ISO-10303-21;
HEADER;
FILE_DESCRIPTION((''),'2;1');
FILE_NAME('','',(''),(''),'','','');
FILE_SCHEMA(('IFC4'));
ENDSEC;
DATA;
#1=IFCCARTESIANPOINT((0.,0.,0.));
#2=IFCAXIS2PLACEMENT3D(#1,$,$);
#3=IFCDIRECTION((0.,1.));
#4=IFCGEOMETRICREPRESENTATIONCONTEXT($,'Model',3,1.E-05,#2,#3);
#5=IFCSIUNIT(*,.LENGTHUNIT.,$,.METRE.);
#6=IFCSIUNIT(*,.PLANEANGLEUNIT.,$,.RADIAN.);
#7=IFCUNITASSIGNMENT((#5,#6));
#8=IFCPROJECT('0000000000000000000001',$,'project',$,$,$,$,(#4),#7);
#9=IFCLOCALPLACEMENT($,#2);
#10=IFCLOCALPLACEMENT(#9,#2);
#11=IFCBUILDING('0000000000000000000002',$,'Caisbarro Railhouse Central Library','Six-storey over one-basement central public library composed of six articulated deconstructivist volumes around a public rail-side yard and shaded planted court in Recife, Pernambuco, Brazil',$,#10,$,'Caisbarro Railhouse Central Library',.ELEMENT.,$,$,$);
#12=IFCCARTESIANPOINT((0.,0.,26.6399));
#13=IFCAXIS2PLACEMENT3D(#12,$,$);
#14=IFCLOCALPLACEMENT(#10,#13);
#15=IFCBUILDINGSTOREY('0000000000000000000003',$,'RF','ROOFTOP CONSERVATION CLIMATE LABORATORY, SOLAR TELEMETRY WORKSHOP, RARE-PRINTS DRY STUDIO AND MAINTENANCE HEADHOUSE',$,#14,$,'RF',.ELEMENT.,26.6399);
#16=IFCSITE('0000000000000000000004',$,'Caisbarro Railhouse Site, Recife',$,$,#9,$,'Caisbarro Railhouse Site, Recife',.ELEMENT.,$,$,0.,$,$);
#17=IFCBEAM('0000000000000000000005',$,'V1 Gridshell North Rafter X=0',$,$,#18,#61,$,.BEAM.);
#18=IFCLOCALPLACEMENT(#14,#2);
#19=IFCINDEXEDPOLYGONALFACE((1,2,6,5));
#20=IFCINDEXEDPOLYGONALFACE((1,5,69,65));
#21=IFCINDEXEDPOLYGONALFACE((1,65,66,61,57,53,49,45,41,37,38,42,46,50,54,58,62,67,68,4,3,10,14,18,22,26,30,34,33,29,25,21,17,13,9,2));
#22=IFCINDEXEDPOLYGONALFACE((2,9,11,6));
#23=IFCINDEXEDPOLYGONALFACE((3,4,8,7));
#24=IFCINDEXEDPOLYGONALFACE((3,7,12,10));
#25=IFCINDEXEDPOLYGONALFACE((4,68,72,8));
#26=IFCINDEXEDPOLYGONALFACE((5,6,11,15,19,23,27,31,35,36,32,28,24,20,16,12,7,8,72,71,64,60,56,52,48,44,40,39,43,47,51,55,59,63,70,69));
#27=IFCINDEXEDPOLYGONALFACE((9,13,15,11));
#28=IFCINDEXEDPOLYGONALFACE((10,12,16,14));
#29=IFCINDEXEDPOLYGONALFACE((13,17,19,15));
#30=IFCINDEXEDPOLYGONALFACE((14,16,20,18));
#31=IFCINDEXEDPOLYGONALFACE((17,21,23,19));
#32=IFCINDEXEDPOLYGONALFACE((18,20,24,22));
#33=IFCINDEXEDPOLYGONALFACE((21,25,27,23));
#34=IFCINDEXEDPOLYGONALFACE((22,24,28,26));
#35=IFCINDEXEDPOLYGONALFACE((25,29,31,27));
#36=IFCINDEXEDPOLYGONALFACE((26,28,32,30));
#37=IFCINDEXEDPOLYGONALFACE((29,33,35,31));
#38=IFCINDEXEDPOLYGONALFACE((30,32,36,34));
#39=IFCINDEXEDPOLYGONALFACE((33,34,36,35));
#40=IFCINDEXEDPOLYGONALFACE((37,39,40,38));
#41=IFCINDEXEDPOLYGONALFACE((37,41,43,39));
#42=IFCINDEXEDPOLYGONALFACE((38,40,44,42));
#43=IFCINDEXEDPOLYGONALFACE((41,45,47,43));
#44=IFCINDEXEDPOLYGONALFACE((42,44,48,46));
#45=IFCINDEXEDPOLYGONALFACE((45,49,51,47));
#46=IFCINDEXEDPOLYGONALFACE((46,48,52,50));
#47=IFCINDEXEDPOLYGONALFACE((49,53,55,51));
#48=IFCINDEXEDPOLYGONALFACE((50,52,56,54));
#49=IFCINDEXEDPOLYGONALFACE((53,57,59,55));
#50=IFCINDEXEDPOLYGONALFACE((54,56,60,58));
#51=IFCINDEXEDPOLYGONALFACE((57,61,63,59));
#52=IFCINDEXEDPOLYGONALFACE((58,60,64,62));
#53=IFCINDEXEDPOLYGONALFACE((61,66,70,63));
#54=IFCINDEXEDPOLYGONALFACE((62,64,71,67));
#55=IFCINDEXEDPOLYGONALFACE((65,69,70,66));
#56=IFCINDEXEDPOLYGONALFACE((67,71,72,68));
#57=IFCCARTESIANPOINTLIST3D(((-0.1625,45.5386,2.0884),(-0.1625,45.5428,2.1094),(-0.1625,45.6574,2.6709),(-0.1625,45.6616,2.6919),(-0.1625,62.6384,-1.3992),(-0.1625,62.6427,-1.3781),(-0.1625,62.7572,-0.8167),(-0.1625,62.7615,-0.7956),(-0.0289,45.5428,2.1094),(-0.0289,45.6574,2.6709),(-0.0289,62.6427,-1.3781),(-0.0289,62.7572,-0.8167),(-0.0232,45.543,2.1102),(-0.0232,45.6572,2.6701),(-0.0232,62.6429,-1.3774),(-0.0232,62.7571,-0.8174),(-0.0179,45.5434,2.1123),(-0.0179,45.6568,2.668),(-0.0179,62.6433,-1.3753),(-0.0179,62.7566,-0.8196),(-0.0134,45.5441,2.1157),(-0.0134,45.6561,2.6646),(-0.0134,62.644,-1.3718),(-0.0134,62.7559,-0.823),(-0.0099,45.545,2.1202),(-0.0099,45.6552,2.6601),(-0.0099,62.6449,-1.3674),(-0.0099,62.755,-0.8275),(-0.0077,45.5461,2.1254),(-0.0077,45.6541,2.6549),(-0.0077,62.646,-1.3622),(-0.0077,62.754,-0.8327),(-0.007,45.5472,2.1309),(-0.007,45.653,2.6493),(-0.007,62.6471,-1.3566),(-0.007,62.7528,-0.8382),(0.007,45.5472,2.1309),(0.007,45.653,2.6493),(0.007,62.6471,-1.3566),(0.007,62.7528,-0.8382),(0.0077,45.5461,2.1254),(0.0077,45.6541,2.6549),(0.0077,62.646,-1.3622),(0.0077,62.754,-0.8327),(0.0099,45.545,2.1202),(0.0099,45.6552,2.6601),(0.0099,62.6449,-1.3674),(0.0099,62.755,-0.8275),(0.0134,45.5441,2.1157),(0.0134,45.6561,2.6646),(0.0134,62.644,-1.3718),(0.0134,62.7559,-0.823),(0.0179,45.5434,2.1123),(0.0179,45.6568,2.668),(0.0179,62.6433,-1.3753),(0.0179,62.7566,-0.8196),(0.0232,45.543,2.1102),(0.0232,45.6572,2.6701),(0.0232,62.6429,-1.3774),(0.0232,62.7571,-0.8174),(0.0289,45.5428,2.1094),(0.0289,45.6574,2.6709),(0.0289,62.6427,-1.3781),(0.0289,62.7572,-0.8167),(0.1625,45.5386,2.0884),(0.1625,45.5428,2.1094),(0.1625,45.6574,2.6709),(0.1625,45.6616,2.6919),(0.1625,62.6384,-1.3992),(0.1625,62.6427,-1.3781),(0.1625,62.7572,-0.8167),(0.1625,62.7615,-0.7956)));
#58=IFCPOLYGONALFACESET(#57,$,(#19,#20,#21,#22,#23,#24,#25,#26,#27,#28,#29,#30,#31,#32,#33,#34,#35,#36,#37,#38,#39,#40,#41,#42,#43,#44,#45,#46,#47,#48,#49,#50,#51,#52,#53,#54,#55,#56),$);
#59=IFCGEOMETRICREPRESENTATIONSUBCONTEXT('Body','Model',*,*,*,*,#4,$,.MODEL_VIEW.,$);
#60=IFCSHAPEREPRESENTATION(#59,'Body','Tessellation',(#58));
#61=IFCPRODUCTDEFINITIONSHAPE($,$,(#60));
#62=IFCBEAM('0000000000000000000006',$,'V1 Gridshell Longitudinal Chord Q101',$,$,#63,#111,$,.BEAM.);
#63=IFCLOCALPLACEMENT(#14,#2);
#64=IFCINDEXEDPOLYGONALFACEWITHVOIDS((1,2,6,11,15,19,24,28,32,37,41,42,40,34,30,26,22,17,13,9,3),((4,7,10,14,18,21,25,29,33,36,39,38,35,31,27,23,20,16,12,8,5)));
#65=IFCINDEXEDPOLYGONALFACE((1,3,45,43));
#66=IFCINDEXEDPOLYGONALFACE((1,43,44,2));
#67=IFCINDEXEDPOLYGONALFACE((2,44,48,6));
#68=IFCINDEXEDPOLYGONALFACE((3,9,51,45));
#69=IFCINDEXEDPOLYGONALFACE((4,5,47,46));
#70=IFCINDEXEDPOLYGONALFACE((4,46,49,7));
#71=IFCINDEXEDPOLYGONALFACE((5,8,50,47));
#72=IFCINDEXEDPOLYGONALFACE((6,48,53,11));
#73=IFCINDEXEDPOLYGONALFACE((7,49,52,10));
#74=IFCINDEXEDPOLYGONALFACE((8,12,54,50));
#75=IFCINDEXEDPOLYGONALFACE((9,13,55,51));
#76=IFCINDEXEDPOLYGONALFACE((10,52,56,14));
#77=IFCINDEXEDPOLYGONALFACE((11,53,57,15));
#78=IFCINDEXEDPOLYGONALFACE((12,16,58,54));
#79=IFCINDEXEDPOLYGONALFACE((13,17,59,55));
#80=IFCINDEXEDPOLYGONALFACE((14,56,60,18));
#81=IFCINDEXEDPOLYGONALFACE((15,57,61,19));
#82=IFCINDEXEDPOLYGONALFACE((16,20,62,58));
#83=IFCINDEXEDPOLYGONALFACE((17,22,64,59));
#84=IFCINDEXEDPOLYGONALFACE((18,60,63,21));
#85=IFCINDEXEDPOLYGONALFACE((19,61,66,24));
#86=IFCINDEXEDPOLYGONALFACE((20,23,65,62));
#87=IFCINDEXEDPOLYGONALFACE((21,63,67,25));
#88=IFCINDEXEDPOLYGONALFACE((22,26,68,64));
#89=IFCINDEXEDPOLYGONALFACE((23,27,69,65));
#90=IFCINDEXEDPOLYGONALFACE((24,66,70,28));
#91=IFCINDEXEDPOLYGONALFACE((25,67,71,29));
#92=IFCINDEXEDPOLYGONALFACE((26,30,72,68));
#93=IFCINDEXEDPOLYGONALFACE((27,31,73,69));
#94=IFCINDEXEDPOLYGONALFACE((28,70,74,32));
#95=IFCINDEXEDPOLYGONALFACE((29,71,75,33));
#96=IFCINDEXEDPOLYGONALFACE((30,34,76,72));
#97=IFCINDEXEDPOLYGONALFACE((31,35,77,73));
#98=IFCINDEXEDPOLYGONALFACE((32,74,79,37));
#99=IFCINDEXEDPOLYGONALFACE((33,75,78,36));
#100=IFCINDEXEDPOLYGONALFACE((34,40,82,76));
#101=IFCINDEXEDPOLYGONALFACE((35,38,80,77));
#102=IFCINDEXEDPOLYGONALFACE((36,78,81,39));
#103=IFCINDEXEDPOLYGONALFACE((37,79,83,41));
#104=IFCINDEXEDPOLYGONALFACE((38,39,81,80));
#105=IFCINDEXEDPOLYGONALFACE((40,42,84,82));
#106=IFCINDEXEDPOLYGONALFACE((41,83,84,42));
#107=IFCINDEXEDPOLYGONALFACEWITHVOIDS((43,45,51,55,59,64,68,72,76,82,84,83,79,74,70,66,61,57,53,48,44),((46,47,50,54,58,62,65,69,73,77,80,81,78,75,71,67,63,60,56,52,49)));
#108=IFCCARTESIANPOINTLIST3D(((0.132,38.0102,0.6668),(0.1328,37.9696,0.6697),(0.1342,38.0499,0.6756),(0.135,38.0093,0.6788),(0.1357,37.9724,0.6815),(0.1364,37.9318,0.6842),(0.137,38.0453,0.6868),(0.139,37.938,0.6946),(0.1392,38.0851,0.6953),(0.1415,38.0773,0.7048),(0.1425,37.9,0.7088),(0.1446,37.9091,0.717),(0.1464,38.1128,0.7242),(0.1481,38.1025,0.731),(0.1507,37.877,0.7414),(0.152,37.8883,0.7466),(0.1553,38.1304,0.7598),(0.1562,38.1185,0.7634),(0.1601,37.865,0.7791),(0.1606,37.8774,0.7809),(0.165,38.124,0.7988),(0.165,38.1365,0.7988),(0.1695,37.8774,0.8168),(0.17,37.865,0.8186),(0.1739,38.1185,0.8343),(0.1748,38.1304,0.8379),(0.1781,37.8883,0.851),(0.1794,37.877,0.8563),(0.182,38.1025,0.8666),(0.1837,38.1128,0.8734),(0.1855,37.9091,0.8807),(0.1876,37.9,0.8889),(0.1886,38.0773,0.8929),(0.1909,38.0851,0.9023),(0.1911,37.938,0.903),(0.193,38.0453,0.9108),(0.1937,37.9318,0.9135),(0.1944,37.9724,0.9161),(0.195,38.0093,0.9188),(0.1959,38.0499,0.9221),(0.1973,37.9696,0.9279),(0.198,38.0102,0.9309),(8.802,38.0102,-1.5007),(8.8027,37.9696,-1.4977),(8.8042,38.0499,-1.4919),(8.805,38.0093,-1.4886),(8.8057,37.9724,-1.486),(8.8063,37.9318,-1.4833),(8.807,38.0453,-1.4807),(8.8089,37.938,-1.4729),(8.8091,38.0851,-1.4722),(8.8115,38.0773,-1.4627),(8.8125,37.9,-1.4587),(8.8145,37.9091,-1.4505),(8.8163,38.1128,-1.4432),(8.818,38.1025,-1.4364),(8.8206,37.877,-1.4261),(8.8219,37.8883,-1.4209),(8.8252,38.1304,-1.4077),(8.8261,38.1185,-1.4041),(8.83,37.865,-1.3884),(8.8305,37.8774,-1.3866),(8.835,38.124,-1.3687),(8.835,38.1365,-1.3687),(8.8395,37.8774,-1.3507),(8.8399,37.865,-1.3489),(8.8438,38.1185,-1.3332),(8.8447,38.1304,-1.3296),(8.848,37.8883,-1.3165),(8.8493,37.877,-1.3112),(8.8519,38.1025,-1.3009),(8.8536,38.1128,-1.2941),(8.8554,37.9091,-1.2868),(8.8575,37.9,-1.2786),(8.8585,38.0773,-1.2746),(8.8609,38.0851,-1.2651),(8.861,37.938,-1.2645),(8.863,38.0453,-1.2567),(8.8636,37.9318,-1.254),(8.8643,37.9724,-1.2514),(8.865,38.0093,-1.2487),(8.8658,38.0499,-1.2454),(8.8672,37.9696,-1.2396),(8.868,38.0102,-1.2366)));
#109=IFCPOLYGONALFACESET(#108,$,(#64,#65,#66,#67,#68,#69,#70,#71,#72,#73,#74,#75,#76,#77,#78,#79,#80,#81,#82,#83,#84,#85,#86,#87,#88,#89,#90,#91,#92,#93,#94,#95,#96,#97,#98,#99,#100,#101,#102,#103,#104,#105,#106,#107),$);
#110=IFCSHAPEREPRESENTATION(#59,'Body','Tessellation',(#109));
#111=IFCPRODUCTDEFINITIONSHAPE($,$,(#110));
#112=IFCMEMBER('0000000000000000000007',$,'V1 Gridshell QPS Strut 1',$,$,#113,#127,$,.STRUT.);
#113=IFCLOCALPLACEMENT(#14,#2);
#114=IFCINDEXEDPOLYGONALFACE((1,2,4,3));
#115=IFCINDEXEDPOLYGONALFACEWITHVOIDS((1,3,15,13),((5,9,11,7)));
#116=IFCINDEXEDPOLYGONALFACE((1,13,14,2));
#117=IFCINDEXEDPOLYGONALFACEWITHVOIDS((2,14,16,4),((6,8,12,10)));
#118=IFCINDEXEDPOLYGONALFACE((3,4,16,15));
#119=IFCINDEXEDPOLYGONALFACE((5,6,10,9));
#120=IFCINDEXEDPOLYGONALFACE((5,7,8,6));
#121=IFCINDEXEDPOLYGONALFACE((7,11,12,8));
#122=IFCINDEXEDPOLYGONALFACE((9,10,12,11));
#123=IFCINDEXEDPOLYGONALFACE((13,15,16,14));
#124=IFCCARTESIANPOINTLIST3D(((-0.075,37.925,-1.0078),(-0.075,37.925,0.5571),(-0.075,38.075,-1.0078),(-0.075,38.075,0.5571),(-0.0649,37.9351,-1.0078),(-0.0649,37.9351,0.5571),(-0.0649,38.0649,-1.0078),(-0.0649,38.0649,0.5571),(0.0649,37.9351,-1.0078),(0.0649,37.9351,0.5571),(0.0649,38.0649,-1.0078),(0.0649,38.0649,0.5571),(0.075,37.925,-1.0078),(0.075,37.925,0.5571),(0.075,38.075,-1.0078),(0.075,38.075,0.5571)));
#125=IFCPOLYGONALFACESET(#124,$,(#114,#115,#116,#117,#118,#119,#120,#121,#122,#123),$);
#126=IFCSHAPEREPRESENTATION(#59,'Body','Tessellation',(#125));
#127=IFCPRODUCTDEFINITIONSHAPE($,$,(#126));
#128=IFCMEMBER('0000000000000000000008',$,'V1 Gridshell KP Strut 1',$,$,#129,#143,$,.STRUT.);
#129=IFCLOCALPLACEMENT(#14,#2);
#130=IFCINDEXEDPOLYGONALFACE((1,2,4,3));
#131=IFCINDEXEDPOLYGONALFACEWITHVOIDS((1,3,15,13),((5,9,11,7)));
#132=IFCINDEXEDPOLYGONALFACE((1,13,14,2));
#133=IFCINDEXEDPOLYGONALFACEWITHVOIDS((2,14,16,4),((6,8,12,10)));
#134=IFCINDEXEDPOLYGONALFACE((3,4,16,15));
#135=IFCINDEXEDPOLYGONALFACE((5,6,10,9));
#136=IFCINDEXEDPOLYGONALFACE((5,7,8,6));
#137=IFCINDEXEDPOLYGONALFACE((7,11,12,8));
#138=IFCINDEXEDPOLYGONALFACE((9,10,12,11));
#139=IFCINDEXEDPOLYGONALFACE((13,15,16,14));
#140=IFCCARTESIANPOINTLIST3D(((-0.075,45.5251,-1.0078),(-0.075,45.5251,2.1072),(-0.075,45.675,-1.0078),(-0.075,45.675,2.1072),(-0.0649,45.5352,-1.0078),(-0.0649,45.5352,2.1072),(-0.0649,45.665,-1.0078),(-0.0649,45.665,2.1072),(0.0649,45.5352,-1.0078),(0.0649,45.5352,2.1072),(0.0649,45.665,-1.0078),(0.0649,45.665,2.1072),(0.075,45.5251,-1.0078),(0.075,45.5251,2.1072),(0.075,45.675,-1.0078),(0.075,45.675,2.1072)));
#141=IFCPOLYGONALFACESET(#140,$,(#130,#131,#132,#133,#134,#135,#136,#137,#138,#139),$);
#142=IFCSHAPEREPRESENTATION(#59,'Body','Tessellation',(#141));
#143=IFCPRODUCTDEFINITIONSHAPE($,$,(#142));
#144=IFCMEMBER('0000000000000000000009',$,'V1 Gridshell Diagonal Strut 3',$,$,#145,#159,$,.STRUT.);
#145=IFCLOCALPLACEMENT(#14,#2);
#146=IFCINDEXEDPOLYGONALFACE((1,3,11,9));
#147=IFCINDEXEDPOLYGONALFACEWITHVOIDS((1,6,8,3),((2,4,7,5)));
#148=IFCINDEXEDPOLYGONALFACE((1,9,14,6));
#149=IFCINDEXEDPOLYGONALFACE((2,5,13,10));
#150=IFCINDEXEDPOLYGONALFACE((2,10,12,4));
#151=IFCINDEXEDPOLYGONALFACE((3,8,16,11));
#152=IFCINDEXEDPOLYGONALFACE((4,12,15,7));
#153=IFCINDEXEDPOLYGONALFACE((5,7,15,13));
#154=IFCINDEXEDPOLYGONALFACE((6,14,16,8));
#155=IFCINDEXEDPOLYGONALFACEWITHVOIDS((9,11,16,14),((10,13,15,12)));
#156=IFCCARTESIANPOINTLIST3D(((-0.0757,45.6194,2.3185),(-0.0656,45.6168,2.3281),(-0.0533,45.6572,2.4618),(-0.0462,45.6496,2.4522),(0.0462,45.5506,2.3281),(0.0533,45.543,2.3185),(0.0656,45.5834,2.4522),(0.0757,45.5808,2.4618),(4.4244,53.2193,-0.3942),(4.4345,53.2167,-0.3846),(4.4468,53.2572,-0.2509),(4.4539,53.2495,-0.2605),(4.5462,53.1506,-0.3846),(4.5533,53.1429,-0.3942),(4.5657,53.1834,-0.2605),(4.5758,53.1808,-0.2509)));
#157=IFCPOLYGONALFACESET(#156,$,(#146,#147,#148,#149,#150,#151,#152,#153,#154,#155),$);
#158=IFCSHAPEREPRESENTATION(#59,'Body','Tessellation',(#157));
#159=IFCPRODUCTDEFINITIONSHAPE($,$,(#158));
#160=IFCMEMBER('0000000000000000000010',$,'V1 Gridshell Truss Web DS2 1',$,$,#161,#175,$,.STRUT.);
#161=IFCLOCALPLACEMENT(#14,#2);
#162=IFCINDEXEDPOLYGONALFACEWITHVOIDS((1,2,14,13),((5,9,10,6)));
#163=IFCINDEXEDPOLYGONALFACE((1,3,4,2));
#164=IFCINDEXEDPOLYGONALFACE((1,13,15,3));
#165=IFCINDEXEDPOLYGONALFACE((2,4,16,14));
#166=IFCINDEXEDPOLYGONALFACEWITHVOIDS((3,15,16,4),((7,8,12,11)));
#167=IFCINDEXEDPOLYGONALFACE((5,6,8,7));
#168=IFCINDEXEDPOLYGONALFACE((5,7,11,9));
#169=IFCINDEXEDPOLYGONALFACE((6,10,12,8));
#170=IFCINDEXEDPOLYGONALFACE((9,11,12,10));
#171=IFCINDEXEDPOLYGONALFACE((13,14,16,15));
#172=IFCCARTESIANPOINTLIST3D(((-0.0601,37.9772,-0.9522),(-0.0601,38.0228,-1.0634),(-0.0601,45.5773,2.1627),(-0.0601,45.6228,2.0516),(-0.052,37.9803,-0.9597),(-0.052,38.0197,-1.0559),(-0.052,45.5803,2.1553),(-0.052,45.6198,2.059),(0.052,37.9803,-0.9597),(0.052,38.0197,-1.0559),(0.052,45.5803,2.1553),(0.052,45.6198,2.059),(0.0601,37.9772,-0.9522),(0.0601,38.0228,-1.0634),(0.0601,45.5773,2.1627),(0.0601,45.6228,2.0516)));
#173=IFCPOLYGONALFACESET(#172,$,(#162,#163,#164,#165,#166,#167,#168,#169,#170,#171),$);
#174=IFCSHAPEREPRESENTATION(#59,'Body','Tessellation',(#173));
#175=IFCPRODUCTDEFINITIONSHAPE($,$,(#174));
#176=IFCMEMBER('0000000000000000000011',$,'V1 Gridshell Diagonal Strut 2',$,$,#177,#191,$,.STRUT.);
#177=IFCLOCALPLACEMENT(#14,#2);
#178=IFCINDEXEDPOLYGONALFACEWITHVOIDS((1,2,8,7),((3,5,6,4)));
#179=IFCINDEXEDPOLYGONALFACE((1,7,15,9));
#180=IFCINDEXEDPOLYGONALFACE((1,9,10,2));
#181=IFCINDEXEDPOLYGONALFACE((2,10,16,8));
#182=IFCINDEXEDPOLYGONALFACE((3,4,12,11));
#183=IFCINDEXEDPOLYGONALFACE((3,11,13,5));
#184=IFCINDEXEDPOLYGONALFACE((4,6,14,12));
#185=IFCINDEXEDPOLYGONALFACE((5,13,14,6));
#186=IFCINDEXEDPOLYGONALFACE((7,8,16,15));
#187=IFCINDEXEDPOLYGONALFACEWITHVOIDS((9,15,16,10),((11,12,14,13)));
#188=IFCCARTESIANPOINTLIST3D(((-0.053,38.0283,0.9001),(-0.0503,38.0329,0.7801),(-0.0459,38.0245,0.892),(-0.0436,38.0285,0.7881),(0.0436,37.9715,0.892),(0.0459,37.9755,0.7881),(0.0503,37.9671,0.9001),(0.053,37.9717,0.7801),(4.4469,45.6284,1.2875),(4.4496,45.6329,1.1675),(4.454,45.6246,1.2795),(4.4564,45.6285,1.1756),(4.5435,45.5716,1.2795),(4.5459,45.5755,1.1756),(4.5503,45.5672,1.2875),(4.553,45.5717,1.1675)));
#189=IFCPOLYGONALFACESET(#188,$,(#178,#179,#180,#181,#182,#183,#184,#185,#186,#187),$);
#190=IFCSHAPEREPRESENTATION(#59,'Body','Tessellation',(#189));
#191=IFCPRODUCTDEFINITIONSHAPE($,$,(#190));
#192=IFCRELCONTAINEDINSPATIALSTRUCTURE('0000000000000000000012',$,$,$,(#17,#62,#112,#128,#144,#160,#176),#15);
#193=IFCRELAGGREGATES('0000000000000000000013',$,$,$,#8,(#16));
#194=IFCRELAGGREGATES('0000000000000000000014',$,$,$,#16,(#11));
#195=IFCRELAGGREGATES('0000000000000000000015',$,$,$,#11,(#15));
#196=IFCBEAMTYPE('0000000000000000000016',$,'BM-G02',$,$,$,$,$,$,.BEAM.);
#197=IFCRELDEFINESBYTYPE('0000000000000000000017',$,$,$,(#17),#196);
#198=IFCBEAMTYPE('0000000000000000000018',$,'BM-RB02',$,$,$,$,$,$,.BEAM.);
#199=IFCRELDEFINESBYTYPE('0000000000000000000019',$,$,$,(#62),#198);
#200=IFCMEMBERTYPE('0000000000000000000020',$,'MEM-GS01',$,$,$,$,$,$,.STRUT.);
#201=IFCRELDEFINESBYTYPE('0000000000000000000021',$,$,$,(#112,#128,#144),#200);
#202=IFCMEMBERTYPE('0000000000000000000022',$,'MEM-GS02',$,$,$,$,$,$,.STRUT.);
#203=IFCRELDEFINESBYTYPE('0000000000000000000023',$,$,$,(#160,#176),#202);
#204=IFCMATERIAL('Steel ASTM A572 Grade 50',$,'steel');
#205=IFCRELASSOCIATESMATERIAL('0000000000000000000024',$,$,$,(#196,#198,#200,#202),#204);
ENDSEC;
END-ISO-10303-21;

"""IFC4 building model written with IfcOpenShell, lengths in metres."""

from ifc_helpers import new_model, si_unit, direction, frame, origin, origin_2d, place, context, subcontext, project, spatial, hollow_rectangle, hollow_circle, i_section, extrude, material, material_profile, profile_set, type_object, element, save


model = new_model("IFC4")

# Units and contexts
model_context = context("Model", 3, precision=1e-05, world=origin(), true_north=direction((0.0, 1.0)))
body_context = subcontext(model_context, "Body", "Model", "MODEL_VIEW")
ifc_project = project(units=[si_unit("LENGTHUNIT", "METRE"), si_unit("PLANEANGLEUNIT", "RADIAN")], contexts=[model_context])

# Site, building, storey
site_placement = place(None, origin())
site = spatial("IfcSite", under=ifc_project, at=site_placement, Name="Caisbarro Railhouse Site, Recife", LongName="Caisbarro Railhouse Site, Recife", CompositionType="ELEMENT", RefElevation=0.0)
building_placement = place(site_placement, origin())
building = spatial("IfcBuilding", under=site, at=building_placement, Name="Caisbarro Railhouse Central Library", Description="Six-storey over one-basement central public library composed of six articulated deconstructivist volumes around a public rail-side yard and shaded planted court in Recife, Pernambuco, Brazil", LongName="Caisbarro Railhouse Central Library", CompositionType="ELEMENT")
storey_placement = place(building_placement, frame((0.0, 0.0, 26.6399)))
storey = spatial("IfcBuildingStorey", under=building, at=storey_placement, Name="RF", Description="ROOFTOP CONSERVATION CLIMATE LABORATORY, SOLAR TELEMETRY WORKSHOP, RARE-PRINTS DRY STUDIO AND MAINTENANCE HEADHOUSE", LongName="RF", CompositionType="ELEMENT", Elevation=26.6399)

# Beams
ifc_material = material(Name="Steel ASTM A572 Grade 50", Category="steel")
ifc_material_profile_1 = material_profile(ifc_material, i_section(OverallWidth=0.325, OverallDepth=0.616, WebThickness=0.0139, FlangeThickness=0.0215, FilletRadius=0.022, at=origin_2d()), Name="W610X174.0")
ifc_profile_set_1 = profile_set([ifc_material_profile_1], Name="Steel ASTM A572 Grade 50")
beam_type_1 = type_object("IfcBeamType", Name="BM-G02", PredefinedType="BEAM", material=ifc_profile_set_1)
beam_1_placement = place(storey_placement, frame((0.0, 45.6001, 2.3901), z_axis=(0.0, 0.979829, -0.199838), x_axis=(-1.0, 0.0, 0.0)))
element("IfcBeam", 1, at=beam_1_placement, inside=storey, type_object=beam_type_1, Name="V1 Gridshell North Rafter X=0", PredefinedType="BEAM", context=body_context, shape_type="SweptSolid", body=[
    extrude(i_section(OverallWidth=0.325, OverallDepth=0.616, WebThickness=0.0139, FlangeThickness=0.0215, FilletRadius=0.022, at=origin_2d()), origin(), (0.0, 0.0, 1.0), 17.4519),
])
ifc_material_profile_2 = material_profile(ifc_material, hollow_circle(Radius=0.1365, WallThickness=0.0125, at=origin_2d()), Name="CHS273.0X12.5")
ifc_profile_set_2 = profile_set([ifc_material_profile_2], Name="Steel ASTM A572 Grade 50")
beam_type_2 = type_object("IfcBeamType", Name="BM-RB02", PredefinedType="BEAM", material=ifc_profile_set_2)
beam_2_placement = place(storey_placement, frame((0.165, 38.0, 0.7988), z_axis=(0.970143, 0.0, -0.242536), x_axis=(0.0, 1.0, 0.0)))
element("IfcBeam", 2, at=beam_2_placement, inside=storey, type_object=beam_type_2, Name="V1 Gridshell Longitudinal Chord Q101", PredefinedType="BEAM", context=body_context, shape_type="SweptSolid", body=[
    extrude(hollow_circle(Radius=0.1365, WallThickness=0.0125, at=origin_2d()), origin(), (0.0, 0.0, 1.0), 8.9368),
])

# Members
ifc_material_profile_3 = material_profile(ifc_material, hollow_rectangle(XDim=0.1499, YDim=0.1499, WallThickness=0.01, at=origin_2d()), Name="HSS150X150X10")
ifc_profile_set_3 = profile_set([ifc_material_profile_3], Name="Steel ASTM A572 Grade 50")
member_type_1 = type_object("IfcMemberType", Name="MEM-GS01", PredefinedType="STRUT", material=ifc_profile_set_3)
member_1_placement = place(storey_placement, frame((0.0, 38.0, -1.0078), z_axis=(0.0, 0.0, 1.0), x_axis=(1.0, 0.0, 0.0)))
element("IfcMember", 3, at=member_1_placement, inside=storey, type_object=member_type_1, Name="V1 Gridshell QPS Strut 1", PredefinedType="STRUT", context=body_context, shape_type="SweptSolid", body=[
    extrude(hollow_rectangle(XDim=0.1499, YDim=0.1499, WallThickness=0.01, at=origin_2d()), origin(), (0.0, 0.0, 1.0), 1.5649),
])
member_2_placement = place(storey_placement, frame((0.0, 45.6001, -1.0078), z_axis=(0.0, 0.0, 1.0), x_axis=(1.0, 0.0, 0.0)))
element("IfcMember", 4, at=member_2_placement, inside=storey, type_object=member_type_1, Name="V1 Gridshell KP Strut 1", PredefinedType="STRUT", context=body_context, shape_type="SweptSolid", body=[
    extrude(hollow_rectangle(XDim=0.1499, YDim=0.1499, WallThickness=0.01, at=origin_2d()), origin(), (0.0, 0.0, 1.0), 3.115),
])
member_3_placement = place(storey_placement, frame((0.0, 45.6001, 2.3901), z_axis=(0.487045, 0.82255, -0.293596), x_axis=(-0.860471, 0.509499, 0.0)))
element("IfcMember", 5, at=member_3_placement, inside=storey, type_object=member_type_1, Name="V1 Gridshell Diagonal Strut 3", PredefinedType="STRUT", context=body_context, shape_type="SweptSolid", body=[
    extrude(hollow_rectangle(XDim=0.1499, YDim=0.1499, WallThickness=0.01, at=origin_2d()), origin(), (0.0, 0.0, 1.0), 9.2395),
])
ifc_material_profile_4 = material_profile(ifc_material, hollow_rectangle(XDim=0.1201, YDim=0.1201, WallThickness=0.0081, at=origin_2d()), Name="HSS120X120X8")
ifc_profile_set_4 = profile_set([ifc_material_profile_4], Name="Steel ASTM A572 Grade 50")
member_type_2 = type_object("IfcMemberType", Name="MEM-GS02", PredefinedType="STRUT", material=ifc_profile_set_4)
member_4_placement = place(storey_placement, frame((0.0, 38.0, -1.0078), z_axis=(0.0, 0.925297, 0.379244), x_axis=(-1.0, 0.0, 0.0)))
element("IfcMember", 6, at=member_4_placement, inside=storey, type_object=member_type_2, Name="V1 Gridshell Truss Web DS2 1", PredefinedType="STRUT", context=body_context, shape_type="SweptSolid", body=[
    extrude(hollow_rectangle(XDim=0.1201, YDim=0.1201, WallThickness=0.0081, at=origin_2d()), origin(), (0.0, 0.0, 1.0), 8.2136),
])
member_5_placement = place(storey_placement, frame((0.0, 38.0, 0.8401), z_axis=(0.508998, 0.859652, 0.043825), x_axis=(-0.860478, 0.509487, 0.0)))
element("IfcMember", 7, at=member_5_placement, inside=storey, type_object=member_type_2, Name="V1 Gridshell Diagonal Strut 2", PredefinedType="STRUT", context=body_context, shape_type="SweptSolid", body=[
    extrude(hollow_rectangle(XDim=0.1201, YDim=0.1201, WallThickness=0.0081, at=origin_2d()), origin(), (0.0, 0.0, 1.0), 8.8408),
])

save(model, "model.ifc")
